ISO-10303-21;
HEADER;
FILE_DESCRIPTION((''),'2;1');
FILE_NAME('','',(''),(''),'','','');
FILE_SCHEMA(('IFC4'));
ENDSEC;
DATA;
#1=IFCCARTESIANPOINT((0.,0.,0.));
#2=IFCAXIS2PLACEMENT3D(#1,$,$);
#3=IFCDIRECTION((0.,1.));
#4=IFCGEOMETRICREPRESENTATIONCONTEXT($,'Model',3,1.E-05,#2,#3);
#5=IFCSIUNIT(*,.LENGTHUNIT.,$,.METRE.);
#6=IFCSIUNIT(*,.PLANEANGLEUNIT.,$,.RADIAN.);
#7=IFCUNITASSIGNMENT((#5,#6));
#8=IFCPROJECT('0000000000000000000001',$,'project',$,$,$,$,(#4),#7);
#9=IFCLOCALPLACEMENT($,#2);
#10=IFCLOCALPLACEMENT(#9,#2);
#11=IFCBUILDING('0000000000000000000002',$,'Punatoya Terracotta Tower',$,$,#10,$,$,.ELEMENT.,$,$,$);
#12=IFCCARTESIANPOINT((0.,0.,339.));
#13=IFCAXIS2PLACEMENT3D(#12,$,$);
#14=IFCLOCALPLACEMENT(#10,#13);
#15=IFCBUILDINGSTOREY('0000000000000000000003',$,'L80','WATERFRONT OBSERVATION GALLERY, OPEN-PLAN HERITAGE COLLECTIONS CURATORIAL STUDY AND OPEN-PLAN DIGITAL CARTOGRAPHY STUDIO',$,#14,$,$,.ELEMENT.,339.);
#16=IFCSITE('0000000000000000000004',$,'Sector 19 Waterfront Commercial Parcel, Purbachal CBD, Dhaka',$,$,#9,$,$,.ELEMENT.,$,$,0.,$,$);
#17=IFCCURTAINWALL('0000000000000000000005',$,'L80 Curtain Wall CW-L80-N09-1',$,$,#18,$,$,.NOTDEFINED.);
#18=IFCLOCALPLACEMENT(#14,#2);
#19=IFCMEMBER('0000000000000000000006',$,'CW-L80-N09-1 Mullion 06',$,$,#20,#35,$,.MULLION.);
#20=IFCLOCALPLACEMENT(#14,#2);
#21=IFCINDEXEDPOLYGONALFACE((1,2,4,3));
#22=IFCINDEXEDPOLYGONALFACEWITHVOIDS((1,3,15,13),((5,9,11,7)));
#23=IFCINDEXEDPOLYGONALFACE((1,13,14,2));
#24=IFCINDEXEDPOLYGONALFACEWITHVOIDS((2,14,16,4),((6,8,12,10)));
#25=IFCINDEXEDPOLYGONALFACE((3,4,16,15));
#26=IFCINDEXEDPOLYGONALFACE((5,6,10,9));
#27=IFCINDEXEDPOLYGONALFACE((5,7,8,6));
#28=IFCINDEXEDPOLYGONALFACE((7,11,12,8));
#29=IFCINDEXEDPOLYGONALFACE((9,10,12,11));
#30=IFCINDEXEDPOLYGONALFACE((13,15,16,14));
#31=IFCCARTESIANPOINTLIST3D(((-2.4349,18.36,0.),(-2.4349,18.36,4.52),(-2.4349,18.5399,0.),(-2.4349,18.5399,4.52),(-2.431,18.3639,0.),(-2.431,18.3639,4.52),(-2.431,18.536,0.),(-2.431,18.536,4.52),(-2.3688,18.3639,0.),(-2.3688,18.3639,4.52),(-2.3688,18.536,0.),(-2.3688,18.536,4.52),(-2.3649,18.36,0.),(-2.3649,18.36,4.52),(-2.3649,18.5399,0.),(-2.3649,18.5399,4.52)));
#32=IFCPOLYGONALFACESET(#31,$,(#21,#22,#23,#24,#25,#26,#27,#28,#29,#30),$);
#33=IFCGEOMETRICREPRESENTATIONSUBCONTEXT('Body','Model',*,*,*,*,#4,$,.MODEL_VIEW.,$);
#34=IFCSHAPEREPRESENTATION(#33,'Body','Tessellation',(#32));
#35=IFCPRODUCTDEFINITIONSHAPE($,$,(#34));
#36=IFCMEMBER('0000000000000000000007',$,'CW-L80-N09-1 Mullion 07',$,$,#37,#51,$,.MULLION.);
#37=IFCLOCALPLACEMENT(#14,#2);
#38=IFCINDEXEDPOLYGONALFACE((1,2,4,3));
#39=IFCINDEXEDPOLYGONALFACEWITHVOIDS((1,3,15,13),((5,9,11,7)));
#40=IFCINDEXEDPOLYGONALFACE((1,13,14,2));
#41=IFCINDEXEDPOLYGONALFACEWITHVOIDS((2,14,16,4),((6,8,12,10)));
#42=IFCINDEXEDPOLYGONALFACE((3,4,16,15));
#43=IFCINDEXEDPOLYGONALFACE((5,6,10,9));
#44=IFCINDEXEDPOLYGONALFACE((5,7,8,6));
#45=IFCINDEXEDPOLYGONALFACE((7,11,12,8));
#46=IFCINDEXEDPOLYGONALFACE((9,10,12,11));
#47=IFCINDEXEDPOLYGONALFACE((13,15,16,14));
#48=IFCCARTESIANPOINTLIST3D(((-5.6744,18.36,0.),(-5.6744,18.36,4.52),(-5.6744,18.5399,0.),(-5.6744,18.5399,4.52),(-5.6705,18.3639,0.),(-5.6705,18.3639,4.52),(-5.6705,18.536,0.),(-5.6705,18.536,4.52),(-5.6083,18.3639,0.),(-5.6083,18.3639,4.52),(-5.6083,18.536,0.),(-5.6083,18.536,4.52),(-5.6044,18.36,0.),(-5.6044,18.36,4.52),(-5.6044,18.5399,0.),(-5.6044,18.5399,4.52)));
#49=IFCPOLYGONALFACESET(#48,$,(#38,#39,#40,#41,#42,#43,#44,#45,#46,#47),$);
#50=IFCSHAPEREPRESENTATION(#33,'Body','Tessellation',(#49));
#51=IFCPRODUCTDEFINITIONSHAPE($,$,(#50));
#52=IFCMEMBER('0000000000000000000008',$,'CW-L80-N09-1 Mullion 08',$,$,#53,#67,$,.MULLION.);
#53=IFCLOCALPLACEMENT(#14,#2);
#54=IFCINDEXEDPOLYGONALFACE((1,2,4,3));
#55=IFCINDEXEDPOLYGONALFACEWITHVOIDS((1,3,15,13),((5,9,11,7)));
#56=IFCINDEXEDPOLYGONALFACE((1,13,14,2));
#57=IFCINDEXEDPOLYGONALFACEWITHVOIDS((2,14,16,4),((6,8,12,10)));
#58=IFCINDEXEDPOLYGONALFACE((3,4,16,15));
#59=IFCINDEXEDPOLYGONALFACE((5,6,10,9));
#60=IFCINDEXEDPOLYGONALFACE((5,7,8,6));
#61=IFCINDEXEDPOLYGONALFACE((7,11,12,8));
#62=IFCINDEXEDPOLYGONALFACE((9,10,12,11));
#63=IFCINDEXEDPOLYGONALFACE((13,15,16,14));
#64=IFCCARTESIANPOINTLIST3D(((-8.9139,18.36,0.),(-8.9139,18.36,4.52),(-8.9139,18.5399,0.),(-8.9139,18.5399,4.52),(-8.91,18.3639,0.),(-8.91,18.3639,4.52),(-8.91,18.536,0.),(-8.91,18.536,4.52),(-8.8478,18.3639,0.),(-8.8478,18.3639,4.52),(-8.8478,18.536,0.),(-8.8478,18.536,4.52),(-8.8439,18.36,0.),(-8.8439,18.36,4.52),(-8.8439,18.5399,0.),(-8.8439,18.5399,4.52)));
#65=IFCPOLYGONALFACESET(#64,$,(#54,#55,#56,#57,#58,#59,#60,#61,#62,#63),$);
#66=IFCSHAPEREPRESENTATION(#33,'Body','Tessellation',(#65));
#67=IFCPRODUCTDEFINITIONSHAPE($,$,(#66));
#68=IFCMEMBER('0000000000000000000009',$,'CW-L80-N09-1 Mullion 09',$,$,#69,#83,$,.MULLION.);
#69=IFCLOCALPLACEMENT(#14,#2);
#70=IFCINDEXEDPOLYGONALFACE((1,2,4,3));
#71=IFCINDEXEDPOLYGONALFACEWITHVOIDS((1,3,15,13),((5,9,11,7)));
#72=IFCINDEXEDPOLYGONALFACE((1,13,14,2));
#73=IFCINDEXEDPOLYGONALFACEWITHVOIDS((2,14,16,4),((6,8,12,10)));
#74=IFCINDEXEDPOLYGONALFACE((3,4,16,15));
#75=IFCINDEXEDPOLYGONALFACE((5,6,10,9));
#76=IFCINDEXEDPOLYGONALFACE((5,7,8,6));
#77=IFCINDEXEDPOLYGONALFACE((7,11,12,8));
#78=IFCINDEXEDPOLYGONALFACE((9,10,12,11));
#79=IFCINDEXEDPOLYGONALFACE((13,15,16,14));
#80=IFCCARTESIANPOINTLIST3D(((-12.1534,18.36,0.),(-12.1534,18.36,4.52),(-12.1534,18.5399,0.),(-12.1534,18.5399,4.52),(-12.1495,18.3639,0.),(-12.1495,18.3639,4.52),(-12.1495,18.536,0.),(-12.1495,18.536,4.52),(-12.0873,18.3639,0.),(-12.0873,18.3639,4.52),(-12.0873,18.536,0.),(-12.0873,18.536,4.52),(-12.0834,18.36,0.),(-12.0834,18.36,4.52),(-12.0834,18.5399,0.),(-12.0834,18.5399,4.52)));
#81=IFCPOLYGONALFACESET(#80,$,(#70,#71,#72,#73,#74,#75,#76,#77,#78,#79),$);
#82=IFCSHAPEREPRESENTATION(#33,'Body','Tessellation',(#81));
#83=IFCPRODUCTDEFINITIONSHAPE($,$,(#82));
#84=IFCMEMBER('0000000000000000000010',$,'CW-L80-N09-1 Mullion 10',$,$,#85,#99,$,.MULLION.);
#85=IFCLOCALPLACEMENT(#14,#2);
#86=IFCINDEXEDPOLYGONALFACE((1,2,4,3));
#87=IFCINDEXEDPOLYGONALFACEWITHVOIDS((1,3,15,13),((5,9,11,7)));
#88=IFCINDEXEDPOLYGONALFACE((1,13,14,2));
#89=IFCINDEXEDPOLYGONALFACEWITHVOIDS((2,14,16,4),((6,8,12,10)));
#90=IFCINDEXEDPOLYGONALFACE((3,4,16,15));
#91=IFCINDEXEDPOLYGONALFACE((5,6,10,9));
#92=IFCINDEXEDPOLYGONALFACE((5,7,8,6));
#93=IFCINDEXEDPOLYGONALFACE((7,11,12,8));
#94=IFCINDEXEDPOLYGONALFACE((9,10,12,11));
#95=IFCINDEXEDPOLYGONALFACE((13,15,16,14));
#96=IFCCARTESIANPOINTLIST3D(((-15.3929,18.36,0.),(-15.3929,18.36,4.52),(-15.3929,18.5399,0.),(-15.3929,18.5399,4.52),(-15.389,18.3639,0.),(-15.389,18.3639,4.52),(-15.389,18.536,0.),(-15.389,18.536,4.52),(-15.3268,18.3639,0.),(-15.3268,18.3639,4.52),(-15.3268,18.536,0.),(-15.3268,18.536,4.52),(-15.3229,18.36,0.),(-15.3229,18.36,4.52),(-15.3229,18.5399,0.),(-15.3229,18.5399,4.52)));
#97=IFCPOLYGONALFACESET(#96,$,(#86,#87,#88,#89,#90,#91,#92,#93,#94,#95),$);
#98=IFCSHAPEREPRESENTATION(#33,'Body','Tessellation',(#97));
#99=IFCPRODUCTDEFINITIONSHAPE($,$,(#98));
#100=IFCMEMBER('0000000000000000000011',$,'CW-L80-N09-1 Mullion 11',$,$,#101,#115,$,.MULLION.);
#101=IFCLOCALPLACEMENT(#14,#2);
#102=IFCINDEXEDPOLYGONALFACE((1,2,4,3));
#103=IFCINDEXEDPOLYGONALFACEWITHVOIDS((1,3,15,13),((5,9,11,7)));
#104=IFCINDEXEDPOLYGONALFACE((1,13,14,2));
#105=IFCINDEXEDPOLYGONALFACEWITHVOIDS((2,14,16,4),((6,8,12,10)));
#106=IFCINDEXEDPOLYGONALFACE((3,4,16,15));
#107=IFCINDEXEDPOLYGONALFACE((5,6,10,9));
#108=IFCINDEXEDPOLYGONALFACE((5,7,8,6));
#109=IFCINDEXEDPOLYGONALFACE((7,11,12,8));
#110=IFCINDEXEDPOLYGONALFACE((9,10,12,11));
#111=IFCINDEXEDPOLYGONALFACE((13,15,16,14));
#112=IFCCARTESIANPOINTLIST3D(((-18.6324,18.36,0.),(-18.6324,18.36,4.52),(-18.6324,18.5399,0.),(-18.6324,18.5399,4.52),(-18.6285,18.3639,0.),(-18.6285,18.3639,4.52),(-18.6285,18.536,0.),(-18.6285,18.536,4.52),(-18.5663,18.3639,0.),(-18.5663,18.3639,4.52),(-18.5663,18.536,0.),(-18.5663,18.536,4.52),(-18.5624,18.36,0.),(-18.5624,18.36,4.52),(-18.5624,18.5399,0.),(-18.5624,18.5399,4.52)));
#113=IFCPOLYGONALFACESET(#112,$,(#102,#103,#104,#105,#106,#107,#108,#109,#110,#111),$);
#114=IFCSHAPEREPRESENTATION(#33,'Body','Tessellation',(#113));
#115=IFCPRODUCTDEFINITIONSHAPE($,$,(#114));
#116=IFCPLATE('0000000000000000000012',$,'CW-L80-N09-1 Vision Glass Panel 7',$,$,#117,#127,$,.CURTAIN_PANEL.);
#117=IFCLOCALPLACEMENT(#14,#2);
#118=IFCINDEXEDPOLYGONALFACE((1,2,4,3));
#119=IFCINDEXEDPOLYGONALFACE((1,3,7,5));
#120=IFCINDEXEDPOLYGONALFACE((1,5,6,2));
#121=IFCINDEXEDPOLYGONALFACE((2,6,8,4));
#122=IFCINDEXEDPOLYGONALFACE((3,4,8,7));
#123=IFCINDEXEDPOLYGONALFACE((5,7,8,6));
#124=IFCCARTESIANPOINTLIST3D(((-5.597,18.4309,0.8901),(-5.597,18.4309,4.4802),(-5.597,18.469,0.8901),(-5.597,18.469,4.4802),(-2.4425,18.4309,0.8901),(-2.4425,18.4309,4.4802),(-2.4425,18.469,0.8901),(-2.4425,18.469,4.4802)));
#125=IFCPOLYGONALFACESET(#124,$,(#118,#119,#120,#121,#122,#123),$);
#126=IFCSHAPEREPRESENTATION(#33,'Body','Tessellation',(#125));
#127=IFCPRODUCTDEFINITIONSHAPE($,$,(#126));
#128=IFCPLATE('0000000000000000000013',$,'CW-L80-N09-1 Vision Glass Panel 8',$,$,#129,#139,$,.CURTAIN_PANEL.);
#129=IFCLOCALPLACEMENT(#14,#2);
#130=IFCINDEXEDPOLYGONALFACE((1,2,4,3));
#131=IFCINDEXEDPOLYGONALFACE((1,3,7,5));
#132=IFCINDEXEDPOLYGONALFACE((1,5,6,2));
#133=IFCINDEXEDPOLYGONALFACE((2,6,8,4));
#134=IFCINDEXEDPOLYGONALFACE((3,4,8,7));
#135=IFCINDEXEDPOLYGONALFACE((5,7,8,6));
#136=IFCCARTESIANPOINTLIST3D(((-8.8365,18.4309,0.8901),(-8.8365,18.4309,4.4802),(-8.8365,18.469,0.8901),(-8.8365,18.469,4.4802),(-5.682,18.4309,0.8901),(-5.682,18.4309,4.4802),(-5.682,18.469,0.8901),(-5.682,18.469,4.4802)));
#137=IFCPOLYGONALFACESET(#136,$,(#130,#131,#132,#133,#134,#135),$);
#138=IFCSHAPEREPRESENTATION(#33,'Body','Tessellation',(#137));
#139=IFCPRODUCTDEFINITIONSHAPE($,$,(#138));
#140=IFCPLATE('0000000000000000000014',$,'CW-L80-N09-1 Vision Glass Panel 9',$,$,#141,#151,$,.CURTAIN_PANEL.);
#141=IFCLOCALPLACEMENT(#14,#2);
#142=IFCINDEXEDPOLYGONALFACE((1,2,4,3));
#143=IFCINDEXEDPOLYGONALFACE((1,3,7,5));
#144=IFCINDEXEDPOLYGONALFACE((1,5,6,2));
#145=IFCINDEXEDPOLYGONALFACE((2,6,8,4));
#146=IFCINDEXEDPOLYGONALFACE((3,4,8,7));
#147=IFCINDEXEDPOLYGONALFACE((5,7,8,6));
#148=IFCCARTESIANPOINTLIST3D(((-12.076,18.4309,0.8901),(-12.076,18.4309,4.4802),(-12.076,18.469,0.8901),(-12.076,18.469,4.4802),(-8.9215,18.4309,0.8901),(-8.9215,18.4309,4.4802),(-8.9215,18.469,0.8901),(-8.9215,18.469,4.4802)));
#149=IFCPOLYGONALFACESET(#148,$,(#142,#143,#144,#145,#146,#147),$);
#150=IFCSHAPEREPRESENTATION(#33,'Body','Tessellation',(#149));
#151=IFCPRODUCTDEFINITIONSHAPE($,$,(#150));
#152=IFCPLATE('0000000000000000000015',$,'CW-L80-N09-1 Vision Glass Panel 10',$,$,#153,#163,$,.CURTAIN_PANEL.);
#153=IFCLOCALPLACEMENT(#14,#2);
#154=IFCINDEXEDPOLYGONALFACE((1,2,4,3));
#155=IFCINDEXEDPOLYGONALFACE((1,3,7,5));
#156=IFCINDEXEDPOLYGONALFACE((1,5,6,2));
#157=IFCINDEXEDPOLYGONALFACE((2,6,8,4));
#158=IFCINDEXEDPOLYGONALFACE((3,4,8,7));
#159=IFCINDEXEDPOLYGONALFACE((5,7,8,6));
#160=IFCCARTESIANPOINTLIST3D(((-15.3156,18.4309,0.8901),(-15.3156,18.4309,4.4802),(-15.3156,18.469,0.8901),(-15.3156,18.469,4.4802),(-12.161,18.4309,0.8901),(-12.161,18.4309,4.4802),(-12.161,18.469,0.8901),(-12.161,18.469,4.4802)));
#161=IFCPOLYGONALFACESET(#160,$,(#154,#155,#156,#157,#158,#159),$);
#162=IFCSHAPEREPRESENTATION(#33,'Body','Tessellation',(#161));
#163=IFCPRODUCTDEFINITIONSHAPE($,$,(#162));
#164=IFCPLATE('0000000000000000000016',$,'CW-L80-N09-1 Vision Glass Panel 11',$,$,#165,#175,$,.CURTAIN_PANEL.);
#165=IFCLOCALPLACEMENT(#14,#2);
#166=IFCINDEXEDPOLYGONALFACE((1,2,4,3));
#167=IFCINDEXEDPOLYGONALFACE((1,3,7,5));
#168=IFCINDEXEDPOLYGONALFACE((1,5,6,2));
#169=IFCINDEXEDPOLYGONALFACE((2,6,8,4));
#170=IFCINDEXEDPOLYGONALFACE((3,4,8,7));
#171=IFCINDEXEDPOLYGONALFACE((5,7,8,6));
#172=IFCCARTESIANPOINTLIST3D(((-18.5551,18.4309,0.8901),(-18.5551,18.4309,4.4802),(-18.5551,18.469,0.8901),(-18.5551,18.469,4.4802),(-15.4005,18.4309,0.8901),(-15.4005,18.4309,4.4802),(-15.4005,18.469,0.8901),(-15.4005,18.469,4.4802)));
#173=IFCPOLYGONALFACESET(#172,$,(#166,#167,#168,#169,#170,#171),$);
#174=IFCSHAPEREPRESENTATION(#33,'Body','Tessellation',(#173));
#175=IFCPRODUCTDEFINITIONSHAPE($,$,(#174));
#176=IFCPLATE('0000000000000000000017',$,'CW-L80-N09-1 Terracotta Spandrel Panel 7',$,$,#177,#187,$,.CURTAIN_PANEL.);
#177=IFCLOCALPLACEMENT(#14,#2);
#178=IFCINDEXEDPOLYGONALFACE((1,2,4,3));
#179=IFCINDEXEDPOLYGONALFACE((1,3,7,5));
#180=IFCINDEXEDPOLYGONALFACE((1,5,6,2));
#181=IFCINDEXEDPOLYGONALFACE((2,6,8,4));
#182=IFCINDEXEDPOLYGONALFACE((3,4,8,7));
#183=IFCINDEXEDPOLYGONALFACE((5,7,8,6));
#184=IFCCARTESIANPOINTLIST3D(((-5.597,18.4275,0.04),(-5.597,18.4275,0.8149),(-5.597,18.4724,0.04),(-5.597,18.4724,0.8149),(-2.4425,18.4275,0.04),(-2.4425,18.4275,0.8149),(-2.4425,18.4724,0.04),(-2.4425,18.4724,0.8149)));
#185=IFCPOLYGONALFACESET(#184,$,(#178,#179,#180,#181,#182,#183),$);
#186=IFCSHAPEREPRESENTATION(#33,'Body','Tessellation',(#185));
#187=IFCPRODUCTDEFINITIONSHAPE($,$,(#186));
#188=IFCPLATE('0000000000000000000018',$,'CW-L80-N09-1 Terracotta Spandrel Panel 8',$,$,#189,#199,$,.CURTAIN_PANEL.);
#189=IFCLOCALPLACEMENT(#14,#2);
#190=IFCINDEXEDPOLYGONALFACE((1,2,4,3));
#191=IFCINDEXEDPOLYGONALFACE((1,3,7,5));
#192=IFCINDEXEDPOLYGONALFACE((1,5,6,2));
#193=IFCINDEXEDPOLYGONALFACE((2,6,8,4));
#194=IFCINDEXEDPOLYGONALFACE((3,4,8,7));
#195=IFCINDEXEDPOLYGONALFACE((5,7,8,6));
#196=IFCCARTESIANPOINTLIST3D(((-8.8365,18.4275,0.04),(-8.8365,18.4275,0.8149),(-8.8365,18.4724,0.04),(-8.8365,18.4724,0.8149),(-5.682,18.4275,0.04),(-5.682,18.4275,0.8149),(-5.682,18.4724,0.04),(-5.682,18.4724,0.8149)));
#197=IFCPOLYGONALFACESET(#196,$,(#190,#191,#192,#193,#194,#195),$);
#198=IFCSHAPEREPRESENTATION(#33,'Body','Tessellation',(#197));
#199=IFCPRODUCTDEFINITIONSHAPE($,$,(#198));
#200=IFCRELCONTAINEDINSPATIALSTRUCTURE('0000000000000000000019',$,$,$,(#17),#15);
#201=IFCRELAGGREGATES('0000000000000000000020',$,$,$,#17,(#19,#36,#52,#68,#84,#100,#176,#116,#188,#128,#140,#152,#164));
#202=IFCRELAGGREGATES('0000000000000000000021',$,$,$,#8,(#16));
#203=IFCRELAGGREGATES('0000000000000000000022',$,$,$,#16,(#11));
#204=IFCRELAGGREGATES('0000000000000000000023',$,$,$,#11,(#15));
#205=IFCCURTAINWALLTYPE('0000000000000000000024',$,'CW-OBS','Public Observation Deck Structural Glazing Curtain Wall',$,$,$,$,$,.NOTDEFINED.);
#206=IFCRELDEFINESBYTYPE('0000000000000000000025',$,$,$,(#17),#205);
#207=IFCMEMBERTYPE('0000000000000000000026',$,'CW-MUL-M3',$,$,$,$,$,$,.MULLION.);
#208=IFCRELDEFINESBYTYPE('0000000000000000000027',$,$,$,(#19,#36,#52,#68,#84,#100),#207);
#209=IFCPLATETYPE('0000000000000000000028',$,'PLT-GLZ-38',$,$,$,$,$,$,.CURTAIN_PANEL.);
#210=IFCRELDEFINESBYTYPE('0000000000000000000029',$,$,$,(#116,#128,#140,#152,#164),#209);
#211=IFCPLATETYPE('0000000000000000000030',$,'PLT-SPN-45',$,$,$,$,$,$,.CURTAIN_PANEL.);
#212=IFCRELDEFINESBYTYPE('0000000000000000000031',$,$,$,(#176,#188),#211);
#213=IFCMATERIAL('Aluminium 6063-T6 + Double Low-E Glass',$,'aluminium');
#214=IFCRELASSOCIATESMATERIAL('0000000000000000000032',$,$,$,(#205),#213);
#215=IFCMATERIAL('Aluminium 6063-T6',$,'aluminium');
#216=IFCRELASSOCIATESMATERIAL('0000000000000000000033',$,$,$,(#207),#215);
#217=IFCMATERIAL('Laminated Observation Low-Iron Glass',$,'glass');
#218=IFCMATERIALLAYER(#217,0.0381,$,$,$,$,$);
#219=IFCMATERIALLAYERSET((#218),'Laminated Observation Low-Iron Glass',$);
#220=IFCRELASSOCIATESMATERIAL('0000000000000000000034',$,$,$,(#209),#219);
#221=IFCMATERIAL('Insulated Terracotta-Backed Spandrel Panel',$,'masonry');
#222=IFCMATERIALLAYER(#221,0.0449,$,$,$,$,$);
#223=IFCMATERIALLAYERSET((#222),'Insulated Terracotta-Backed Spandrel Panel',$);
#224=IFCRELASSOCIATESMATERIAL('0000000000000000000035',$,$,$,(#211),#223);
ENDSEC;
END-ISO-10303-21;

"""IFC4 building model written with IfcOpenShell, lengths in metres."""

from ifc_helpers import new_model, si_unit, direction, frame, origin, origin_2d, place, context, subcontext, project, spatial, rectangle, hollow_rectangle, extrude, material, layer, layer_set, material_profile, profile_set, type_object, element, aggregate, save


model = new_model("IFC4")

# Units and contexts
model_context = context("Model", 3, precision=1e-05, world=origin(), true_north=direction((0.0, 1.0)))
body_context = subcontext(model_context, "Body", "Model", "MODEL_VIEW")
ifc_project = project(units=[si_unit("LENGTHUNIT", "METRE"), si_unit("PLANEANGLEUNIT", "RADIAN")], contexts=[model_context])

# Site, building, storey
site_placement = place(None, origin())
site = spatial("IfcSite", under=ifc_project, at=site_placement, Name="Sector 19 Waterfront Commercial Parcel, Purbachal CBD, Dhaka", CompositionType="ELEMENT", RefElevation=0.0)
building_placement = place(site_placement, origin())
building = spatial("IfcBuilding", under=site, at=building_placement, Name="Punatoya Terracotta Tower", CompositionType="ELEMENT")
storey_placement = place(building_placement, frame((0.0, 0.0, 339.0)))
storey = spatial("IfcBuildingStorey", under=building, at=storey_placement, Name="L80", Description="WATERFRONT OBSERVATION GALLERY, OPEN-PLAN HERITAGE COLLECTIONS CURATORIAL STUDY AND OPEN-PLAN DIGITAL CARTOGRAPHY STUDIO", CompositionType="ELEMENT", Elevation=339.0)

# Curtain wall, members, plates
ifc_material_1 = material(Name="Aluminium 6063-T6 + Double Low-E Glass", Category="aluminium")
curtain_wall_type = type_object("IfcCurtainWallType", Name="CW-OBS", Description="Public Observation Deck Structural Glazing Curtain Wall", PredefinedType="NOTDEFINED", material=ifc_material_1)
curtain_wall_placement = place(storey_placement, origin())
curtain_wall = element("IfcCurtainWall", 1, at=curtain_wall_placement, inside=storey, type_object=curtain_wall_type, Name="L80 Curtain Wall CW-L80-N09-1", PredefinedType="NOTDEFINED")
ifc_material_2 = material(Name="Aluminium 6063-T6", Category="aluminium")
ifc_material_profile_1 = material_profile(ifc_material_2, hollow_rectangle(XDim=0.0701, YDim=0.1799, WallThickness=0.0039, at=origin_2d()))
ifc_profile_set_1 = profile_set([ifc_material_profile_1], Name="Aluminium 6063-T6")
member_type = type_object("IfcMemberType", Name="CW-MUL-M3", PredefinedType="MULLION", material=ifc_profile_set_1)
member_1_placement = place(storey_placement, frame((-2.3999, 18.45, 0.0), z_axis=(0.0, 0.0, 1.0), x_axis=(1.0, 0.0, 0.0)))
member_1 = element("IfcMember", 2, at=member_1_placement, type_object=member_type, Name="CW-L80-N09-1 Mullion 06", PredefinedType="MULLION", context=body_context, shape_type="SweptSolid", body=[
    extrude(hollow_rectangle(XDim=0.0701, YDim=0.1799, WallThickness=0.0039, at=origin_2d()), origin(), (0.0, 0.0, 1.0), 4.52),
])
member_2_placement = place(storey_placement, frame((-5.6394, 18.45, 0.0), z_axis=(0.0, 0.0, 1.0), x_axis=(1.0, 0.0, 0.0)))
member_2 = element("IfcMember", 3, at=member_2_placement, type_object=member_type, Name="CW-L80-N09-1 Mullion 07", PredefinedType="MULLION", context=body_context, shape_type="SweptSolid", body=[
    extrude(hollow_rectangle(XDim=0.0701, YDim=0.1799, WallThickness=0.0039, at=origin_2d()), origin(), (0.0, 0.0, 1.0), 4.52),
])
member_3_placement = place(storey_placement, frame((-8.8789, 18.45, 0.0), z_axis=(0.0, 0.0, 1.0), x_axis=(1.0, 0.0, 0.0)))
member_3 = element("IfcMember", 4, at=member_3_placement, type_object=member_type, Name="CW-L80-N09-1 Mullion 08", PredefinedType="MULLION", context=body_context, shape_type="SweptSolid", body=[
    extrude(hollow_rectangle(XDim=0.0701, YDim=0.1799, WallThickness=0.0039, at=origin_2d()), origin(), (0.0, 0.0, 1.0), 4.52),
])
member_4_placement = place(storey_placement, frame((-12.1184, 18.45, 0.0), z_axis=(0.0, 0.0, 1.0), x_axis=(1.0, 0.0, 0.0)))
member_4 = element("IfcMember", 5, at=member_4_placement, type_object=member_type, Name="CW-L80-N09-1 Mullion 09", PredefinedType="MULLION", context=body_context, shape_type="SweptSolid", body=[
    extrude(hollow_rectangle(XDim=0.0701, YDim=0.1799, WallThickness=0.0039, at=origin_2d()), origin(), (0.0, 0.0, 1.0), 4.52),
])
member_5_placement = place(storey_placement, frame((-15.3579, 18.45, 0.0), z_axis=(0.0, 0.0, 1.0), x_axis=(1.0, 0.0, 0.0)))
member_5 = element("IfcMember", 6, at=member_5_placement, type_object=member_type, Name="CW-L80-N09-1 Mullion 10", PredefinedType="MULLION", context=body_context, shape_type="SweptSolid", body=[
    extrude(hollow_rectangle(XDim=0.0701, YDim=0.1799, WallThickness=0.0039, at=origin_2d()), origin(), (0.0, 0.0, 1.0), 4.52),
])
member_6_placement = place(storey_placement, frame((-18.5974, 18.45, 0.0), z_axis=(0.0, 0.0, 1.0), x_axis=(1.0, 0.0, 0.0)))
member_6 = element("IfcMember", 7, at=member_6_placement, type_object=member_type, Name="CW-L80-N09-1 Mullion 11", PredefinedType="MULLION", context=body_context, shape_type="SweptSolid", body=[
    extrude(hollow_rectangle(XDim=0.0701, YDim=0.1799, WallThickness=0.0039, at=origin_2d()), origin(), (0.0, 0.0, 1.0), 4.52),
])
ifc_material_3 = material(Name="Laminated Observation Low-Iron Glass", Category="glass")
ifc_layer_1 = layer(ifc_material_3, 0.0381)
ifc_layer_set_1 = layer_set([ifc_layer_1], Name="Laminated Observation Low-Iron Glass")
plate_type_1 = type_object("IfcPlateType", Name="PLT-GLZ-38", PredefinedType="CURTAIN_PANEL", material=ifc_layer_set_1)
plate_1_placement = place(storey_placement, frame((-4.0198, 18.45, 0.8901), z_axis=(0.0, 0.0, 1.0), x_axis=(-1.0, 0.0, 0.0)))
plate_1 = element("IfcPlate", 8, at=plate_1_placement, type_object=plate_type_1, Name="CW-L80-N09-1 Vision Glass Panel 7", PredefinedType="CURTAIN_PANEL", context=body_context, shape_type="SweptSolid", body=[
    extrude(rectangle(XDim=3.1545, YDim=0.0381, at=origin_2d()), origin(), (0.0, 0.0, 1.0), 3.5901),
])
plate_2_placement = place(storey_placement, frame((-7.2593, 18.45, 0.8901), z_axis=(0.0, 0.0, 1.0), x_axis=(-1.0, 0.0, 0.0)))
plate_2 = element("IfcPlate", 9, at=plate_2_placement, type_object=plate_type_1, Name="CW-L80-N09-1 Vision Glass Panel 8", PredefinedType="CURTAIN_PANEL", context=body_context, shape_type="SweptSolid", body=[
    extrude(rectangle(XDim=3.1545, YDim=0.0381, at=origin_2d()), origin(), (0.0, 0.0, 1.0), 3.5901),
])
plate_3_placement = place(storey_placement, frame((-10.4988, 18.45, 0.8901), z_axis=(0.0, 0.0, 1.0), x_axis=(-1.0, 0.0, 0.0)))
plate_3 = element("IfcPlate", 10, at=plate_3_placement, type_object=plate_type_1, Name="CW-L80-N09-1 Vision Glass Panel 9", PredefinedType="CURTAIN_PANEL", context=body_context, shape_type="SweptSolid", body=[
    extrude(rectangle(XDim=3.1545, YDim=0.0381, at=origin_2d()), origin(), (0.0, 0.0, 1.0), 3.5901),
])
plate_4_placement = place(storey_placement, frame((-13.7383, 18.45, 0.8901), z_axis=(0.0, 0.0, 1.0), x_axis=(-1.0, 0.0, 0.0)))
plate_4 = element("IfcPlate", 11, at=plate_4_placement, type_object=plate_type_1, Name="CW-L80-N09-1 Vision Glass Panel 10", PredefinedType="CURTAIN_PANEL", context=body_context, shape_type="SweptSolid", body=[
    extrude(rectangle(XDim=3.1545, YDim=0.0381, at=origin_2d()), origin(), (0.0, 0.0, 1.0), 3.5901),
])
plate_5_placement = place(storey_placement, frame((-16.9778, 18.45, 0.8901), z_axis=(0.0, 0.0, 1.0), x_axis=(-1.0, 0.0, 0.0)))
plate_5 = element("IfcPlate", 12, at=plate_5_placement, type_object=plate_type_1, Name="CW-L80-N09-1 Vision Glass Panel 11", PredefinedType="CURTAIN_PANEL", context=body_context, shape_type="SweptSolid", body=[
    extrude(rectangle(XDim=3.1545, YDim=0.0381, at=origin_2d()), origin(), (0.0, 0.0, 1.0), 3.5901),
])
ifc_material_4 = material(Name="Insulated Terracotta-Backed Spandrel Panel", Category="masonry")
ifc_layer_2 = layer(ifc_material_4, 0.0449)
ifc_layer_set_2 = layer_set([ifc_layer_2], Name="Insulated Terracotta-Backed Spandrel Panel")
plate_type_2 = type_object("IfcPlateType", Name="PLT-SPN-45", PredefinedType="CURTAIN_PANEL", material=ifc_layer_set_2)
plate_6_placement = place(storey_placement, frame((-4.0198, 18.45, 0.04), z_axis=(0.0, 0.0, 1.0), x_axis=(-1.0, 0.0, 0.0)))
plate_6 = element("IfcPlate", 13, at=plate_6_placement, type_object=plate_type_2, Name="CW-L80-N09-1 Terracotta Spandrel Panel 7", PredefinedType="CURTAIN_PANEL", context=body_context, shape_type="SweptSolid", body=[
    extrude(rectangle(XDim=3.1545, YDim=0.0449, at=origin_2d()), origin(), (0.0, 0.0, 1.0), 0.7749),
])
plate_7_placement = place(storey_placement, frame((-7.2593, 18.45, 0.04), z_axis=(0.0, 0.0, 1.0), x_axis=(-1.0, 0.0, 0.0)))
plate_7 = element("IfcPlate", 14, at=plate_7_placement, type_object=plate_type_2, Name="CW-L80-N09-1 Terracotta Spandrel Panel 8", PredefinedType="CURTAIN_PANEL", context=body_context, shape_type="SweptSolid", body=[
    extrude(rectangle(XDim=3.1545, YDim=0.0449, at=origin_2d()), origin(), (0.0, 0.0, 1.0), 0.7749),
])
aggregate(curtain_wall, [member_1, member_2, member_3, member_4, member_5, member_6, plate_6, plate_1, plate_7, plate_2, plate_3, plate_4, plate_5])

save(model, "model.ifc")
